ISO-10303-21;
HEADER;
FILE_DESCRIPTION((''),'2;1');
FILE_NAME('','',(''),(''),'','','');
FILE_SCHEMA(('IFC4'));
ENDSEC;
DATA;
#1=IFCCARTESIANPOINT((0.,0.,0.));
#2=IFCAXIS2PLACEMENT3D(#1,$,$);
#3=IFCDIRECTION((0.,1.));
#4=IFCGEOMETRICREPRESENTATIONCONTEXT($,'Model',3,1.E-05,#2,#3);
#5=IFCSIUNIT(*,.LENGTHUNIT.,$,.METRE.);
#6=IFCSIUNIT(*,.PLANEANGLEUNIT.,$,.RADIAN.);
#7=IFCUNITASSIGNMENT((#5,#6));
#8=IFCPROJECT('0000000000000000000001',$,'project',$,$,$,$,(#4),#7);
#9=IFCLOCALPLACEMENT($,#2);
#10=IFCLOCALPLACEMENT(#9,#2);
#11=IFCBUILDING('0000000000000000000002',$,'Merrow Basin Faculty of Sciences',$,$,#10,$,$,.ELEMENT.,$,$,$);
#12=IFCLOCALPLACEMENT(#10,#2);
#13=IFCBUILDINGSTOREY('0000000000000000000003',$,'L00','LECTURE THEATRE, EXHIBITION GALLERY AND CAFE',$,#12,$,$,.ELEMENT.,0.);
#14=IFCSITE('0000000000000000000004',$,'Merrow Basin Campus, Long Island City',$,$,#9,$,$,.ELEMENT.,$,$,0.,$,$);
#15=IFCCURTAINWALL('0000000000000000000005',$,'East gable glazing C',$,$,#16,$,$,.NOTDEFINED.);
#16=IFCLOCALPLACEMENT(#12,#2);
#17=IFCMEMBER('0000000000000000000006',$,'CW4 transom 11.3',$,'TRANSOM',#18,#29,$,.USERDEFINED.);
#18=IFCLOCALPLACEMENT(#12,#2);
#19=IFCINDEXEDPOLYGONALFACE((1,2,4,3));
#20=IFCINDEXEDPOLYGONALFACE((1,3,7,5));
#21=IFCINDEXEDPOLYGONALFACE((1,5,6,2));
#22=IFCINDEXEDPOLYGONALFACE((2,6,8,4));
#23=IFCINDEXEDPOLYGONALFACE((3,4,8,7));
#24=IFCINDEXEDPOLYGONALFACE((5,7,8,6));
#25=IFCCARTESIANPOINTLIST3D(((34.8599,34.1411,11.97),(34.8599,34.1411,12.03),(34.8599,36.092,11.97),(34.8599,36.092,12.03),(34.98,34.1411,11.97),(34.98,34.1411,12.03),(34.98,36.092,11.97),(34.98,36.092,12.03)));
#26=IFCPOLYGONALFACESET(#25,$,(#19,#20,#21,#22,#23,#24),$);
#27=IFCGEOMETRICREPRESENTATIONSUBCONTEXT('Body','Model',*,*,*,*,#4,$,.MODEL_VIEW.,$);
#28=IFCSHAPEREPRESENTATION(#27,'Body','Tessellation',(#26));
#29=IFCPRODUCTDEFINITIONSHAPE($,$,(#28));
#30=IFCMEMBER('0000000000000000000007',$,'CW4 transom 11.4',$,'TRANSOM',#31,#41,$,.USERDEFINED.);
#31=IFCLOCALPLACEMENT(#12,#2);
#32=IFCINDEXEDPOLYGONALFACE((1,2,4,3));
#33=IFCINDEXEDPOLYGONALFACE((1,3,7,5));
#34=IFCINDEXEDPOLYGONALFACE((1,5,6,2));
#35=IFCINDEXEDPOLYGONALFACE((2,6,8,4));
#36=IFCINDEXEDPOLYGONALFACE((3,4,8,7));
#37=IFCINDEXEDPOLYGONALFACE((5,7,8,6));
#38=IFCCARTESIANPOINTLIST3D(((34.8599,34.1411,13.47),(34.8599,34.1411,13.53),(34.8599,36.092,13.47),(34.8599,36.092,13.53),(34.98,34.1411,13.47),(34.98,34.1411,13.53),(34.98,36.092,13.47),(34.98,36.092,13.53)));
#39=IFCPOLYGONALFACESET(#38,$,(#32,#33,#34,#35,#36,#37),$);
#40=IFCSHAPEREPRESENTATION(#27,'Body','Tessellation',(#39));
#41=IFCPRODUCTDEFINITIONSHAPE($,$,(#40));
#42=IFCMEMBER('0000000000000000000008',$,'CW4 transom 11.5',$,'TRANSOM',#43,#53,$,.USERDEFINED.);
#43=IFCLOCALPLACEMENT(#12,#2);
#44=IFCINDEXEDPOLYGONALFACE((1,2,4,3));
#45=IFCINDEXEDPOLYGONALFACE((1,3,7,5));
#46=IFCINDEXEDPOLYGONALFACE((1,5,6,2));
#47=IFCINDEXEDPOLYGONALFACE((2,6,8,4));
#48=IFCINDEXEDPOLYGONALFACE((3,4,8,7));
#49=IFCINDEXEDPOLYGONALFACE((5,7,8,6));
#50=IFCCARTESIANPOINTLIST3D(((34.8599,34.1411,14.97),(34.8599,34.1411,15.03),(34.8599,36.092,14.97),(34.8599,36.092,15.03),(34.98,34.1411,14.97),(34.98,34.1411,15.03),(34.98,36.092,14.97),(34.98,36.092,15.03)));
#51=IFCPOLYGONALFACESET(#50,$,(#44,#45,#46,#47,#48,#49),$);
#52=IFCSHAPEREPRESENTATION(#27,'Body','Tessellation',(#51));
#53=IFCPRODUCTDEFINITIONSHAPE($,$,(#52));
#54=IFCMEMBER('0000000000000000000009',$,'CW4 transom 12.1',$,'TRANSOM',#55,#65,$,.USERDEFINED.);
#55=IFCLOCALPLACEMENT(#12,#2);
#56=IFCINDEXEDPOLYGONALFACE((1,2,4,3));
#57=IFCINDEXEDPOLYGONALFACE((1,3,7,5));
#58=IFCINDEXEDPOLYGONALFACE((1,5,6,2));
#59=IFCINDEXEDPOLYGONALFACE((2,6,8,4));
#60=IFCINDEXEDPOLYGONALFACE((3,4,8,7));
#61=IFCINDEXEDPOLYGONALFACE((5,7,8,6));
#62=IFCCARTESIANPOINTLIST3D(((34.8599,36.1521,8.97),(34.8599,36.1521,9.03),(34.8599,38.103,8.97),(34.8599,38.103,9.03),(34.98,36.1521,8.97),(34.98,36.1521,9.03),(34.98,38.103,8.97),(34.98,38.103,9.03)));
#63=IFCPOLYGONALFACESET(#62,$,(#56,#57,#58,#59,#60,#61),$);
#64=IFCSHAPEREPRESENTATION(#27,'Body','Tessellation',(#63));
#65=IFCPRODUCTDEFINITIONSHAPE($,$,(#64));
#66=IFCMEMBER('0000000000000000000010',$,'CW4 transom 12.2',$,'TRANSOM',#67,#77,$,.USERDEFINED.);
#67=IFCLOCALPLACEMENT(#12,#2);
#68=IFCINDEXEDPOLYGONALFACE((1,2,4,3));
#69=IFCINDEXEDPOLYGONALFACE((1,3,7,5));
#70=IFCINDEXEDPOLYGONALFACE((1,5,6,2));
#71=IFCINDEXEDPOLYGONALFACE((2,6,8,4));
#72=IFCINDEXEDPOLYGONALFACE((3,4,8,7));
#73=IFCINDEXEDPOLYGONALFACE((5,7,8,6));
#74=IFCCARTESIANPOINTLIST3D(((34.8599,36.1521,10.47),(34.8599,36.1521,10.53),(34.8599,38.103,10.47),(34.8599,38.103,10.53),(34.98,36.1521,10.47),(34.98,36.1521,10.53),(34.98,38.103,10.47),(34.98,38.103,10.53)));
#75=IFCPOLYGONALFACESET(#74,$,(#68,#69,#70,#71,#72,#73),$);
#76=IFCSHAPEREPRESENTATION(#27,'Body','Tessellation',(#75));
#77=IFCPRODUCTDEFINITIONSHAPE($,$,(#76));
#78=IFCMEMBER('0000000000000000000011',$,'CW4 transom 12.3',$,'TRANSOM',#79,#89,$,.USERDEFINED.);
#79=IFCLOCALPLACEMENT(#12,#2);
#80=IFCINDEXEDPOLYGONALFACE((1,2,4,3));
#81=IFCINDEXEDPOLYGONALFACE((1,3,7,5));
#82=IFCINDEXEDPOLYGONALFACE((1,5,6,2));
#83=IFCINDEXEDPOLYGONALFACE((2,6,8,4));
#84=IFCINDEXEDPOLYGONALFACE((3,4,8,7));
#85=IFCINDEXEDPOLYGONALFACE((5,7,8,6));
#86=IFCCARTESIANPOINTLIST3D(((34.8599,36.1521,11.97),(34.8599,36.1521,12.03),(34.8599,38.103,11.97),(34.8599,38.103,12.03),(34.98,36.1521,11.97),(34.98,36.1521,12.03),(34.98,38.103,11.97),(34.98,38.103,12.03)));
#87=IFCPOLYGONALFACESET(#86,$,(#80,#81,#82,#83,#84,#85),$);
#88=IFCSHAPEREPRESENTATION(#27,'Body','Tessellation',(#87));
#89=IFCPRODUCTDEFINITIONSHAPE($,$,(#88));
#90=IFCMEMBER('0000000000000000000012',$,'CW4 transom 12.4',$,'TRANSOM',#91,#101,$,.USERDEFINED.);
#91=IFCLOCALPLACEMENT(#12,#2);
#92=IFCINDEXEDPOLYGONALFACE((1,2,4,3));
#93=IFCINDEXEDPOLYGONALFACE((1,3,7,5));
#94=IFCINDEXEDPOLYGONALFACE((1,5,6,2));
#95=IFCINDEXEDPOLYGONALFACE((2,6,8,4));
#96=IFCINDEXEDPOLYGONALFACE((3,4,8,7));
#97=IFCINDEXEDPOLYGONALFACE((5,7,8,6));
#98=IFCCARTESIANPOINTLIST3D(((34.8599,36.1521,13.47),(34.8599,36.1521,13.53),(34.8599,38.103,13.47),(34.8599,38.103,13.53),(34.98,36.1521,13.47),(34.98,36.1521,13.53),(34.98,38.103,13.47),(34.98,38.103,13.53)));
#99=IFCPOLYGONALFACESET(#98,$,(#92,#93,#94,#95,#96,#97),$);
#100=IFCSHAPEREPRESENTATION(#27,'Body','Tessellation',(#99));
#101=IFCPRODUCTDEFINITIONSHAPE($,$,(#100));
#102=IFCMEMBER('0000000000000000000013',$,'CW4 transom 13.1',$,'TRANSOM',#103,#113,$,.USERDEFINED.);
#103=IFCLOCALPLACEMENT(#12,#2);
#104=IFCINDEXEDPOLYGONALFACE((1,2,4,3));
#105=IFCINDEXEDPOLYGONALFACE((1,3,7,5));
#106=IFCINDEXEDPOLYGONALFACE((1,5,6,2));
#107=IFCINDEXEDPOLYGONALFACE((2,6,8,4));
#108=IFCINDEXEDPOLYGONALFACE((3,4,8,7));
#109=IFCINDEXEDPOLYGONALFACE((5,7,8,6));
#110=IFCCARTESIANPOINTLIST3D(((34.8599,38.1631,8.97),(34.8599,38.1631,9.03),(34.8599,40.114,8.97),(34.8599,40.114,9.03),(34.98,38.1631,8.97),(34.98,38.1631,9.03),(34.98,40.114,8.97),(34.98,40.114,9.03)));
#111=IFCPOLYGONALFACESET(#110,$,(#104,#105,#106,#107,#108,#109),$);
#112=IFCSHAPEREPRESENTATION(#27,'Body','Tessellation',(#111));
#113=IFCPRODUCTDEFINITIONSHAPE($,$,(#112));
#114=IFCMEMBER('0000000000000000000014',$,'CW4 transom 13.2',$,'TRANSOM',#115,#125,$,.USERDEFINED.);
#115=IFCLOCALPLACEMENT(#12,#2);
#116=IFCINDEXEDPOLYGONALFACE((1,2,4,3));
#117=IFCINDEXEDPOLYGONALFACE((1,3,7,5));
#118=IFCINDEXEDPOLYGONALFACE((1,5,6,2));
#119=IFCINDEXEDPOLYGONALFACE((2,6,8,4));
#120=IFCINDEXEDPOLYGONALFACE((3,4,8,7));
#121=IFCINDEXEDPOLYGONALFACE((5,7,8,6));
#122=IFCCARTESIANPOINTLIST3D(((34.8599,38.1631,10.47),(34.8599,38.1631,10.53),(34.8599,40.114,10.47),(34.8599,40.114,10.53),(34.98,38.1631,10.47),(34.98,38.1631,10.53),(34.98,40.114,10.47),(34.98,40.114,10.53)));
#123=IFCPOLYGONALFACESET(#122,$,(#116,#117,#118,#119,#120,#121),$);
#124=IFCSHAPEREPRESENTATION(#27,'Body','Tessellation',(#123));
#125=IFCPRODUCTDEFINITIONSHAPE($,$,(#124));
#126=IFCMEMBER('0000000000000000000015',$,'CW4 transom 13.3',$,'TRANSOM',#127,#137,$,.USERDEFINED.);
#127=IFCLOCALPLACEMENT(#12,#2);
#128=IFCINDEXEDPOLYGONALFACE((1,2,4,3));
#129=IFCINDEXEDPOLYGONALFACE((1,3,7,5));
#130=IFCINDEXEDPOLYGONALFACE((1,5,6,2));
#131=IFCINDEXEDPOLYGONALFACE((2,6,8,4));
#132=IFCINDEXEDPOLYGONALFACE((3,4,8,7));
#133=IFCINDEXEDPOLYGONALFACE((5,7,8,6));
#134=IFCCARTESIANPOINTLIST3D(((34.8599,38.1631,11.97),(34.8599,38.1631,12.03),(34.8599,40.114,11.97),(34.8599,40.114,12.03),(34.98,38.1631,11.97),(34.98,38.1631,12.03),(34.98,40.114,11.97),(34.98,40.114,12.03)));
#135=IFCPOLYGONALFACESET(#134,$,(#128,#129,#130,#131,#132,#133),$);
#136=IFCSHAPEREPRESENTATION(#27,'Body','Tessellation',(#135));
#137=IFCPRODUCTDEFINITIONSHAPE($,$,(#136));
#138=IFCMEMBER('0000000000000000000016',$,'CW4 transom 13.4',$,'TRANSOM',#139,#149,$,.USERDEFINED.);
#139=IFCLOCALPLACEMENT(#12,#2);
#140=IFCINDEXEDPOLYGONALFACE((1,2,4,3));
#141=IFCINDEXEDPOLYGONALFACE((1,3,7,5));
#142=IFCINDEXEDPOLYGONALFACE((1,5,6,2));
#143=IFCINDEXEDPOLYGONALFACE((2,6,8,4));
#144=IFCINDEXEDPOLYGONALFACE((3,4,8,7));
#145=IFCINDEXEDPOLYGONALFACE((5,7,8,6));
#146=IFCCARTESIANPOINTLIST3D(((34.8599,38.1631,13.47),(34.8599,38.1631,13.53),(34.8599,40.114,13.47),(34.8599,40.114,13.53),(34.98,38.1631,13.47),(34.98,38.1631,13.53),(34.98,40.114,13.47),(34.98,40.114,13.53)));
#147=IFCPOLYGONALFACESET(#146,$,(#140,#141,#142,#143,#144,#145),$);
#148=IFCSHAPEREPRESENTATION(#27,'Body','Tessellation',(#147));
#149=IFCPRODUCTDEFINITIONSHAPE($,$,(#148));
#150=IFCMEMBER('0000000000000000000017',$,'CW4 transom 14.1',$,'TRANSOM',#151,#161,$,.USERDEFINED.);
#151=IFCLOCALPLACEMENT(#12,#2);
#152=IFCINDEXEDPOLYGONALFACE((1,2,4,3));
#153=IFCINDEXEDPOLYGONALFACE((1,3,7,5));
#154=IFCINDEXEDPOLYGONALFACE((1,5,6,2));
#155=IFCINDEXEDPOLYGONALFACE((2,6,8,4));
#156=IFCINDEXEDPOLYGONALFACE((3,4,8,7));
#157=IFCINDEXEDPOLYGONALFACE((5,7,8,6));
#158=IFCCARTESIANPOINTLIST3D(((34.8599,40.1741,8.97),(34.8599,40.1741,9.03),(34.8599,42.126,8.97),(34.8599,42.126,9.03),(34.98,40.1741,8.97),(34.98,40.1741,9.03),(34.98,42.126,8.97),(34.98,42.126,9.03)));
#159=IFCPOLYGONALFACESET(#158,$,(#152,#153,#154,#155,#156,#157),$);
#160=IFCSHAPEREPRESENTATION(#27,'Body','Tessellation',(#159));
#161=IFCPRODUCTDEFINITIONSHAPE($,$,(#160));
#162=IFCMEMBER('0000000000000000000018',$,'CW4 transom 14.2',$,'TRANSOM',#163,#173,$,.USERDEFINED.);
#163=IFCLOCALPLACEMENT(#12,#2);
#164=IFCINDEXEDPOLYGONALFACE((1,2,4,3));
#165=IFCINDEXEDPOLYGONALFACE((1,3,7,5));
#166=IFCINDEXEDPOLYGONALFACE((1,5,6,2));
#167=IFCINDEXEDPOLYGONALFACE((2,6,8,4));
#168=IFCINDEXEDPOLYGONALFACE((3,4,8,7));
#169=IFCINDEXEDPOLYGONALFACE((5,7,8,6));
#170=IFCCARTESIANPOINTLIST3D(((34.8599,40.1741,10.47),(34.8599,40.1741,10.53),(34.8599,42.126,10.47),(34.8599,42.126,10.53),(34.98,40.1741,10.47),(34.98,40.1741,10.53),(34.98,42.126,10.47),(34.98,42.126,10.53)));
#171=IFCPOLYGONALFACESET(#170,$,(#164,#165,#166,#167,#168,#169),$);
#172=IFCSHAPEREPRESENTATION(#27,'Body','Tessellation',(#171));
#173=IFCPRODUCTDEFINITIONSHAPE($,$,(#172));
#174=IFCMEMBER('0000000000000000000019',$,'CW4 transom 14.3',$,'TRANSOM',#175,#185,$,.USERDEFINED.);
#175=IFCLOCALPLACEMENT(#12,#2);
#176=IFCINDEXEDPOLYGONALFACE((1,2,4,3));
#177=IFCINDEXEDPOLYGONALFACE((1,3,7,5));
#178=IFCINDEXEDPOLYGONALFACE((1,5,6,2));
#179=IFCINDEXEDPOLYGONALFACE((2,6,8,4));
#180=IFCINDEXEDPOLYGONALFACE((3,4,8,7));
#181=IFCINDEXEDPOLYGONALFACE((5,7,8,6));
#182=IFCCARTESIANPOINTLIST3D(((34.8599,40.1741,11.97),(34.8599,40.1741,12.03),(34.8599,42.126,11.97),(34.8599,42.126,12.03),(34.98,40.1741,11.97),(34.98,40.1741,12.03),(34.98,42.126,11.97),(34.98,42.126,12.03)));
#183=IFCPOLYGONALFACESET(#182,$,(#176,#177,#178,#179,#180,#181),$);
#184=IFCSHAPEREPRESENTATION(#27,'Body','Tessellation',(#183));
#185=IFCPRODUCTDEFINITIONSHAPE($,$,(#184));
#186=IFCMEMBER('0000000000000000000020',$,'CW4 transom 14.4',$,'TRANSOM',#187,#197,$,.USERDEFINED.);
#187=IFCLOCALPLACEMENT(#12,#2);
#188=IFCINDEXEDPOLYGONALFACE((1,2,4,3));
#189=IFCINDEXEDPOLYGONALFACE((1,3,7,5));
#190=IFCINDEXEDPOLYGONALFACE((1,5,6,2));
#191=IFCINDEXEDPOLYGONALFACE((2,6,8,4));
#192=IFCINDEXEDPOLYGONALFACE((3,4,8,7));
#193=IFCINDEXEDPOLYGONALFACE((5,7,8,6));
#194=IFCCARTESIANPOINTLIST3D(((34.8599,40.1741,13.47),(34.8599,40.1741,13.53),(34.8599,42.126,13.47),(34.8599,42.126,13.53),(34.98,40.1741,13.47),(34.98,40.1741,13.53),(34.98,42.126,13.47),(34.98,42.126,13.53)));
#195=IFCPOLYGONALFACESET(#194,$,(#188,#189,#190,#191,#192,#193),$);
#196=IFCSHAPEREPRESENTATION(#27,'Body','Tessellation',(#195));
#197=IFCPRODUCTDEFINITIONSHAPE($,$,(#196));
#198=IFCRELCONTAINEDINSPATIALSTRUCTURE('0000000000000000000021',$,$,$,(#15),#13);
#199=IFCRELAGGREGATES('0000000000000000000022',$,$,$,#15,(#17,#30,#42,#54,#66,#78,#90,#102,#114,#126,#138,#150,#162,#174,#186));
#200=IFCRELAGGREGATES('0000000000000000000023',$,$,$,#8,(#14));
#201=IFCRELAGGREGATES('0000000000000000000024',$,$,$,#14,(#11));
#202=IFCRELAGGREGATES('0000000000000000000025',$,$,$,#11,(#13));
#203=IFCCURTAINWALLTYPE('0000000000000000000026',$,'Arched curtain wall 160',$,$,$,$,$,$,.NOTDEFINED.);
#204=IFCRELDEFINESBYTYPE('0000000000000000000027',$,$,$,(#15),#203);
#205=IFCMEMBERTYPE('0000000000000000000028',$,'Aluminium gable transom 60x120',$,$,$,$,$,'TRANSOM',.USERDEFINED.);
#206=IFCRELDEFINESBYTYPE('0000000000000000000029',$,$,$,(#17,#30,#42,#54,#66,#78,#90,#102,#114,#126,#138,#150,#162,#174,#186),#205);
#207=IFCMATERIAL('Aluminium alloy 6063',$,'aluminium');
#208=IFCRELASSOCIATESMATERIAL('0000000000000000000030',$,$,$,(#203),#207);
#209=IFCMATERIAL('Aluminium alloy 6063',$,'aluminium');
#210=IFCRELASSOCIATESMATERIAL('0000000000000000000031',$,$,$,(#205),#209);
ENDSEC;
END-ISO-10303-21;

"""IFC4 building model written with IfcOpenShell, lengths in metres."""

from ifc_helpers import new_model, si_unit, direction, frame, origin, origin_2d, place, context, subcontext, project, spatial, rectangle, extrude, material, material_profile, profile_set, type_object, element, aggregate, save


model = new_model("IFC4")

# Units and contexts
model_context = context("Model", 3, precision=1e-05, world=origin(), true_north=direction((0.0, 1.0)))
body_context = subcontext(model_context, "Body", "Model", "MODEL_VIEW")
ifc_project = project(units=[si_unit("LENGTHUNIT", "METRE"), si_unit("PLANEANGLEUNIT", "RADIAN")], contexts=[model_context])

# Site, building, storey
site_placement = place(None, origin())
site = spatial("IfcSite", under=ifc_project, at=site_placement, Name="Merrow Basin Campus, Long Island City", CompositionType="ELEMENT", RefElevation=0.0)
building_placement = place(site_placement, origin())
building = spatial("IfcBuilding", under=site, at=building_placement, Name="Merrow Basin Faculty of Sciences", CompositionType="ELEMENT")
storey_placement = place(building_placement, origin())
storey = spatial("IfcBuildingStorey", under=building, at=storey_placement, Name="L00", Description="LECTURE THEATRE, EXHIBITION GALLERY AND CAFE", CompositionType="ELEMENT", Elevation=0.0)

# Curtain wall, members
ifc_material_1 = material(Name="Aluminium alloy 6063", Category="aluminium")
curtain_wall_type = type_object("IfcCurtainWallType", Name="Arched curtain wall 160", PredefinedType="NOTDEFINED", material=ifc_material_1)
curtain_wall_placement = place(storey_placement, origin())
curtain_wall = element("IfcCurtainWall", 1, at=curtain_wall_placement, inside=storey, type_object=curtain_wall_type, Name="East gable glazing C", PredefinedType="NOTDEFINED")
ifc_material_2 = material(Name="Aluminium alloy 6063", Category="aluminium")
ifc_material_profile = material_profile(ifc_material_2, rectangle(XDim=0.1201, YDim=0.0601, at=origin_2d()))
ifc_profile_set = profile_set([ifc_material_profile], Name="Aluminium alloy 6063")
member_type = type_object("IfcMemberType", Name="Aluminium gable transom 60x120", ElementType="TRANSOM", PredefinedType="USERDEFINED", material=ifc_profile_set)
member_1_placement = place(storey_placement, frame((34.9199, 34.1411, 12.0), z_axis=(0.0, 1.0, 0.0), x_axis=(-1.0, 0.0, 0.0)))
member_1 = element("IfcMember", 2, at=member_1_placement, type_object=member_type, Name="CW4 transom 11.3", ObjectType="TRANSOM", PredefinedType="USERDEFINED", context=body_context, shape_type="SweptSolid", body=[
    extrude(rectangle(XDim=0.1201, YDim=0.0601, at=origin_2d()), origin(), (0.0, 0.0, 1.0), 1.9509),
])
member_2_placement = place(storey_placement, frame((34.9199, 34.1411, 13.5), z_axis=(0.0, 1.0, 0.0), x_axis=(-1.0, 0.0, 0.0)))
member_2 = element("IfcMember", 3, at=member_2_placement, type_object=member_type, Name="CW4 transom 11.4", ObjectType="TRANSOM", PredefinedType="USERDEFINED", context=body_context, shape_type="SweptSolid", body=[
    extrude(rectangle(XDim=0.1201, YDim=0.0601, at=origin_2d()), origin(), (0.0, 0.0, 1.0), 1.9509),
])
member_3_placement = place(storey_placement, frame((34.9199, 34.1411, 15.0), z_axis=(0.0, 1.0, 0.0), x_axis=(-1.0, 0.0, 0.0)))
member_3 = element("IfcMember", 4, at=member_3_placement, type_object=member_type, Name="CW4 transom 11.5", ObjectType="TRANSOM", PredefinedType="USERDEFINED", context=body_context, shape_type="SweptSolid", body=[
    extrude(rectangle(XDim=0.1201, YDim=0.0601, at=origin_2d()), origin(), (0.0, 0.0, 1.0), 1.9509),
])
member_4_placement = place(storey_placement, frame((34.9199, 36.1521, 9.0), z_axis=(0.0, 1.0, 0.0), x_axis=(-1.0, 0.0, 0.0)))
member_4 = element("IfcMember", 5, at=member_4_placement, type_object=member_type, Name="CW4 transom 12.1", ObjectType="TRANSOM", PredefinedType="USERDEFINED", context=body_context, shape_type="SweptSolid", body=[
    extrude(rectangle(XDim=0.1201, YDim=0.0601, at=origin_2d()), origin(), (0.0, 0.0, 1.0), 1.9509),
])
member_5_placement = place(storey_placement, frame((34.9199, 36.1521, 10.5), z_axis=(0.0, 1.0, 0.0), x_axis=(-1.0, 0.0, 0.0)))
member_5 = element("IfcMember", 6, at=member_5_placement, type_object=member_type, Name="CW4 transom 12.2", ObjectType="TRANSOM", PredefinedType="USERDEFINED", context=body_context, shape_type="SweptSolid", body=[
    extrude(rectangle(XDim=0.1201, YDim=0.0601, at=origin_2d()), origin(), (0.0, 0.0, 1.0), 1.9509),
])
member_6_placement = place(storey_placement, frame((34.9199, 36.1521, 12.0), z_axis=(0.0, 1.0, 0.0), x_axis=(-1.0, 0.0, 0.0)))
member_6 = element("IfcMember", 7, at=member_6_placement, type_object=member_type, Name="CW4 transom 12.3", ObjectType="TRANSOM", PredefinedType="USERDEFINED", context=body_context, shape_type="SweptSolid", body=[
    extrude(rectangle(XDim=0.1201, YDim=0.0601, at=origin_2d()), origin(), (0.0, 0.0, 1.0), 1.9509),
])
member_7_placement = place(storey_placement, frame((34.9199, 36.1521, 13.5), z_axis=(0.0, 1.0, 0.0), x_axis=(-1.0, 0.0, 0.0)))
member_7 = element("IfcMember", 8, at=member_7_placement, type_object=member_type, Name="CW4 transom 12.4", ObjectType="TRANSOM", PredefinedType="USERDEFINED", context=body_context, shape_type="SweptSolid", body=[
    extrude(rectangle(XDim=0.1201, YDim=0.0601, at=origin_2d()), origin(), (0.0, 0.0, 1.0), 1.9509),
])
member_8_placement = place(storey_placement, frame((34.9199, 38.1631, 9.0), z_axis=(0.0, 1.0, 0.0), x_axis=(-1.0, 0.0, 0.0)))
member_8 = element("IfcMember", 9, at=member_8_placement, type_object=member_type, Name="CW4 transom 13.1", ObjectType="TRANSOM", PredefinedType="USERDEFINED", context=body_context, shape_type="SweptSolid", body=[
    extrude(rectangle(XDim=0.1201, YDim=0.0601, at=origin_2d()), origin(), (0.0, 0.0, 1.0), 1.9509),
])
member_9_placement = place(storey_placement, frame((34.9199, 38.1631, 10.5), z_axis=(0.0, 1.0, 0.0), x_axis=(-1.0, 0.0, 0.0)))
member_9 = element("IfcMember", 10, at=member_9_placement, type_object=member_type, Name="CW4 transom 13.2", ObjectType="TRANSOM", PredefinedType="USERDEFINED", context=body_context, shape_type="SweptSolid", body=[
    extrude(rectangle(XDim=0.1201, YDim=0.0601, at=origin_2d()), origin(), (0.0, 0.0, 1.0), 1.9509),
])
member_10_placement = place(storey_placement, frame((34.9199, 38.1631, 12.0), z_axis=(0.0, 1.0, 0.0), x_axis=(-1.0, 0.0, 0.0)))
member_10 = element("IfcMember", 11, at=member_10_placement, type_object=member_type, Name="CW4 transom 13.3", ObjectType="TRANSOM", PredefinedType="USERDEFINED", context=body_context, shape_type="SweptSolid", body=[
    extrude(rectangle(XDim=0.1201, YDim=0.0601, at=origin_2d()), origin(), (0.0, 0.0, 1.0), 1.9509),
])
member_11_placement = place(storey_placement, frame((34.9199, 38.1631, 13.5), z_axis=(0.0, 1.0, 0.0), x_axis=(-1.0, 0.0, 0.0)))
member_11 = element("IfcMember", 12, at=member_11_placement, type_object=member_type, Name="CW4 transom 13.4", ObjectType="TRANSOM", PredefinedType="USERDEFINED", context=body_context, shape_type="SweptSolid", body=[
    extrude(rectangle(XDim=0.1201, YDim=0.0601, at=origin_2d()), origin(), (0.0, 0.0, 1.0), 1.9509),
])
member_12_placement = place(storey_placement, frame((34.9199, 40.1741, 9.0), z_axis=(0.0, 1.0, 0.0), x_axis=(-1.0, 0.0, 0.0)))
member_12 = element("IfcMember", 13, at=member_12_placement, type_object=member_type, Name="CW4 transom 14.1", ObjectType="TRANSOM", PredefinedType="USERDEFINED", context=body_context, shape_type="SweptSolid", body=[
    extrude(rectangle(XDim=0.1201, YDim=0.0601, at=origin_2d()), origin(), (0.0, 0.0, 1.0), 1.9519),
])
member_13_placement = place(storey_placement, frame((34.9199, 40.1741, 10.5), z_axis=(0.0, 1.0, 0.0), x_axis=(-1.0, 0.0, 0.0)))
member_13 = element("IfcMember", 14, at=member_13_placement, type_object=member_type, Name="CW4 transom 14.2", ObjectType="TRANSOM", PredefinedType="USERDEFINED", context=body_context, shape_type="SweptSolid", body=[
    extrude(rectangle(XDim=0.1201, YDim=0.0601, at=origin_2d()), origin(), (0.0, 0.0, 1.0), 1.9519),
])
member_14_placement = place(storey_placement, frame((34.9199, 40.1741, 12.0), z_axis=(0.0, 1.0, 0.0), x_axis=(-1.0, 0.0, 0.0)))
member_14 = element("IfcMember", 15, at=member_14_placement, type_object=member_type, Name="CW4 transom 14.3", ObjectType="TRANSOM", PredefinedType="USERDEFINED", context=body_context, shape_type="SweptSolid", body=[
    extrude(rectangle(XDim=0.1201, YDim=0.0601, at=origin_2d()), origin(), (0.0, 0.0, 1.0), 1.9519),
])
member_15_placement = place(storey_placement, frame((34.9199, 40.1741, 13.5), z_axis=(0.0, 1.0, 0.0), x_axis=(-1.0, 0.0, 0.0)))
member_15 = element("IfcMember", 16, at=member_15_placement, type_object=member_type, Name="CW4 transom 14.4", ObjectType="TRANSOM", PredefinedType="USERDEFINED", context=body_context, shape_type="SweptSolid", body=[
    extrude(rectangle(XDim=0.1201, YDim=0.0601, at=origin_2d()), origin(), (0.0, 0.0, 1.0), 1.9519),
])
aggregate(curtain_wall, [member_1, member_2, member_3, member_4, member_5, member_6, member_7, member_8, member_9, member_10, member_11, member_12, member_13, member_14, member_15])

save(model, "model.ifc")
